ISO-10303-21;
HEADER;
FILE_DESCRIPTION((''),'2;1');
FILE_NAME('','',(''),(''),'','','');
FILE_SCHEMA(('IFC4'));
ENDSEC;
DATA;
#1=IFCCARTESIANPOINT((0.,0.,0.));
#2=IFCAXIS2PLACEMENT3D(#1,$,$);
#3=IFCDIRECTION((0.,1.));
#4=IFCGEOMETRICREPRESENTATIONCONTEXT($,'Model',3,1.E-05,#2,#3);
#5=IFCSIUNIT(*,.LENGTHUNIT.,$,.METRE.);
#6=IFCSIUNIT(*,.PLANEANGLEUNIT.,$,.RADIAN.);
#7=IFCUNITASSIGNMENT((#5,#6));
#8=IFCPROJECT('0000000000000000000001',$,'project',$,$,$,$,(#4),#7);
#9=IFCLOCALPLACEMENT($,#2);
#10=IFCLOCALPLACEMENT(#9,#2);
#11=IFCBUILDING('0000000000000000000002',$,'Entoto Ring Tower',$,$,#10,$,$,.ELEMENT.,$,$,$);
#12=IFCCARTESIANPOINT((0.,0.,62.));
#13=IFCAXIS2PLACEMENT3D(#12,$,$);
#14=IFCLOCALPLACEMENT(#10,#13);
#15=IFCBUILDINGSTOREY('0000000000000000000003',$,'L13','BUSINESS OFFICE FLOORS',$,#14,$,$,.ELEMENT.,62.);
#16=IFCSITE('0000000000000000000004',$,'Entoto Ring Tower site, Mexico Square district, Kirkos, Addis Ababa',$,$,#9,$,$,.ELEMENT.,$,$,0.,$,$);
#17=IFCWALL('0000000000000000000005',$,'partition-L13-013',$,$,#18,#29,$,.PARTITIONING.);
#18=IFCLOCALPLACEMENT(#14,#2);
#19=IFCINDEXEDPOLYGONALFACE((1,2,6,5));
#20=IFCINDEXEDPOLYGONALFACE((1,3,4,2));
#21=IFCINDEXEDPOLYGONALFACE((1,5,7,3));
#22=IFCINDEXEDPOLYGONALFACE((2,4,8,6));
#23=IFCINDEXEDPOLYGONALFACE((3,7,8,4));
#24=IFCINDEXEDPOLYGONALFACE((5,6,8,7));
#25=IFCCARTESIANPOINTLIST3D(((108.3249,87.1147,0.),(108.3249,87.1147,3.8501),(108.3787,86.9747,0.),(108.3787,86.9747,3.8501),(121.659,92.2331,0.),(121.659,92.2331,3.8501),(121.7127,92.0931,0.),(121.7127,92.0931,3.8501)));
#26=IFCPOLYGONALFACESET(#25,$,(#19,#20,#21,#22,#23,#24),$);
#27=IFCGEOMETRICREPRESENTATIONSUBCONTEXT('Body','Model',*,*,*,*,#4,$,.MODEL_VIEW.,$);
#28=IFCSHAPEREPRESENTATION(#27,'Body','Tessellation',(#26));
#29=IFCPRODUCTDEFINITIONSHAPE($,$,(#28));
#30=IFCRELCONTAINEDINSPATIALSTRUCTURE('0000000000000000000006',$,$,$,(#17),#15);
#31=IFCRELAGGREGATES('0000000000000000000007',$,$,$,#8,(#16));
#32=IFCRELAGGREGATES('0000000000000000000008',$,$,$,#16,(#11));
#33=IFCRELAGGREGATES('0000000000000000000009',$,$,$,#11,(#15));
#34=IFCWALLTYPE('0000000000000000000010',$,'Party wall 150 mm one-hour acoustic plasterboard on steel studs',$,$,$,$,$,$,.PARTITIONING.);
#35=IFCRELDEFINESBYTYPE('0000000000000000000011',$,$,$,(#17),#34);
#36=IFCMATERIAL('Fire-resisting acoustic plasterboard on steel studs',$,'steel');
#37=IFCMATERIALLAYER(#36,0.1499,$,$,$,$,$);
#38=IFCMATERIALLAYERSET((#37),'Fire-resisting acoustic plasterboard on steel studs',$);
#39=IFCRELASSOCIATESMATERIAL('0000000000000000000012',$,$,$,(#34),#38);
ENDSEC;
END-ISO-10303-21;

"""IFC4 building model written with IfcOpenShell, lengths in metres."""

from ifc_helpers import new_model, si_unit, direction, frame, frame_2d, origin, place, context, subcontext, project, spatial, rectangle, extrude, material, layer, layer_set, type_object, element, save


model = new_model("IFC4")

# Units and contexts
model_context = context("Model", 3, precision=1e-05, world=origin(), true_north=direction((0.0, 1.0)))
body_context = subcontext(model_context, "Body", "Model", "MODEL_VIEW")
ifc_project = project(units=[si_unit("LENGTHUNIT", "METRE"), si_unit("PLANEANGLEUNIT", "RADIAN")], contexts=[model_context])

# Site, building, storey
site_placement = place(None, origin())
site = spatial("IfcSite", under=ifc_project, at=site_placement, Name="Entoto Ring Tower site, Mexico Square district, Kirkos, Addis Ababa", CompositionType="ELEMENT", RefElevation=0.0)
building_placement = place(site_placement, origin())
building = spatial("IfcBuilding", under=site, at=building_placement, Name="Entoto Ring Tower", CompositionType="ELEMENT")
storey_placement = place(building_placement, frame((0.0, 0.0, 62.0)))
storey = spatial("IfcBuildingStorey", under=building, at=storey_placement, Name="L13", Description="BUSINESS OFFICE FLOORS", CompositionType="ELEMENT", Elevation=62.0)

# Wall
ifc_material_1 = material(Name="Fire-resisting acoustic plasterboard on steel studs", Category="steel")
ifc_layer_1 = layer(ifc_material_1, 0.1499)
ifc_layer_set_1 = layer_set([ifc_layer_1], Name="Fire-resisting acoustic plasterboard on steel studs")
wall_type_1 = type_object("IfcWallType", Name="Party wall 150 mm one-hour acoustic plasterboard on steel studs", PredefinedType="PARTITIONING", material=ifc_layer_set_1)
wall_1_placement = place(storey_placement, frame((108.3518, 87.0447, 0.0), z_axis=(0.0, 0.0, 1.0), x_axis=(0.933581, 0.358366, 0.0)))
element("IfcWall", 1, at=wall_1_placement, inside=storey, type_object=wall_type_1, Name="partition-L13-013", PredefinedType="PARTITIONING", context=body_context, shape_type="SweptSolid", body=[
    extrude(rectangle(XDim=14.2827, YDim=0.1499, at=frame_2d((7.1414, 0.0))), origin(), (0.0, 0.0, 1.0), 3.8501),
])

save(model, "model.ifc")
